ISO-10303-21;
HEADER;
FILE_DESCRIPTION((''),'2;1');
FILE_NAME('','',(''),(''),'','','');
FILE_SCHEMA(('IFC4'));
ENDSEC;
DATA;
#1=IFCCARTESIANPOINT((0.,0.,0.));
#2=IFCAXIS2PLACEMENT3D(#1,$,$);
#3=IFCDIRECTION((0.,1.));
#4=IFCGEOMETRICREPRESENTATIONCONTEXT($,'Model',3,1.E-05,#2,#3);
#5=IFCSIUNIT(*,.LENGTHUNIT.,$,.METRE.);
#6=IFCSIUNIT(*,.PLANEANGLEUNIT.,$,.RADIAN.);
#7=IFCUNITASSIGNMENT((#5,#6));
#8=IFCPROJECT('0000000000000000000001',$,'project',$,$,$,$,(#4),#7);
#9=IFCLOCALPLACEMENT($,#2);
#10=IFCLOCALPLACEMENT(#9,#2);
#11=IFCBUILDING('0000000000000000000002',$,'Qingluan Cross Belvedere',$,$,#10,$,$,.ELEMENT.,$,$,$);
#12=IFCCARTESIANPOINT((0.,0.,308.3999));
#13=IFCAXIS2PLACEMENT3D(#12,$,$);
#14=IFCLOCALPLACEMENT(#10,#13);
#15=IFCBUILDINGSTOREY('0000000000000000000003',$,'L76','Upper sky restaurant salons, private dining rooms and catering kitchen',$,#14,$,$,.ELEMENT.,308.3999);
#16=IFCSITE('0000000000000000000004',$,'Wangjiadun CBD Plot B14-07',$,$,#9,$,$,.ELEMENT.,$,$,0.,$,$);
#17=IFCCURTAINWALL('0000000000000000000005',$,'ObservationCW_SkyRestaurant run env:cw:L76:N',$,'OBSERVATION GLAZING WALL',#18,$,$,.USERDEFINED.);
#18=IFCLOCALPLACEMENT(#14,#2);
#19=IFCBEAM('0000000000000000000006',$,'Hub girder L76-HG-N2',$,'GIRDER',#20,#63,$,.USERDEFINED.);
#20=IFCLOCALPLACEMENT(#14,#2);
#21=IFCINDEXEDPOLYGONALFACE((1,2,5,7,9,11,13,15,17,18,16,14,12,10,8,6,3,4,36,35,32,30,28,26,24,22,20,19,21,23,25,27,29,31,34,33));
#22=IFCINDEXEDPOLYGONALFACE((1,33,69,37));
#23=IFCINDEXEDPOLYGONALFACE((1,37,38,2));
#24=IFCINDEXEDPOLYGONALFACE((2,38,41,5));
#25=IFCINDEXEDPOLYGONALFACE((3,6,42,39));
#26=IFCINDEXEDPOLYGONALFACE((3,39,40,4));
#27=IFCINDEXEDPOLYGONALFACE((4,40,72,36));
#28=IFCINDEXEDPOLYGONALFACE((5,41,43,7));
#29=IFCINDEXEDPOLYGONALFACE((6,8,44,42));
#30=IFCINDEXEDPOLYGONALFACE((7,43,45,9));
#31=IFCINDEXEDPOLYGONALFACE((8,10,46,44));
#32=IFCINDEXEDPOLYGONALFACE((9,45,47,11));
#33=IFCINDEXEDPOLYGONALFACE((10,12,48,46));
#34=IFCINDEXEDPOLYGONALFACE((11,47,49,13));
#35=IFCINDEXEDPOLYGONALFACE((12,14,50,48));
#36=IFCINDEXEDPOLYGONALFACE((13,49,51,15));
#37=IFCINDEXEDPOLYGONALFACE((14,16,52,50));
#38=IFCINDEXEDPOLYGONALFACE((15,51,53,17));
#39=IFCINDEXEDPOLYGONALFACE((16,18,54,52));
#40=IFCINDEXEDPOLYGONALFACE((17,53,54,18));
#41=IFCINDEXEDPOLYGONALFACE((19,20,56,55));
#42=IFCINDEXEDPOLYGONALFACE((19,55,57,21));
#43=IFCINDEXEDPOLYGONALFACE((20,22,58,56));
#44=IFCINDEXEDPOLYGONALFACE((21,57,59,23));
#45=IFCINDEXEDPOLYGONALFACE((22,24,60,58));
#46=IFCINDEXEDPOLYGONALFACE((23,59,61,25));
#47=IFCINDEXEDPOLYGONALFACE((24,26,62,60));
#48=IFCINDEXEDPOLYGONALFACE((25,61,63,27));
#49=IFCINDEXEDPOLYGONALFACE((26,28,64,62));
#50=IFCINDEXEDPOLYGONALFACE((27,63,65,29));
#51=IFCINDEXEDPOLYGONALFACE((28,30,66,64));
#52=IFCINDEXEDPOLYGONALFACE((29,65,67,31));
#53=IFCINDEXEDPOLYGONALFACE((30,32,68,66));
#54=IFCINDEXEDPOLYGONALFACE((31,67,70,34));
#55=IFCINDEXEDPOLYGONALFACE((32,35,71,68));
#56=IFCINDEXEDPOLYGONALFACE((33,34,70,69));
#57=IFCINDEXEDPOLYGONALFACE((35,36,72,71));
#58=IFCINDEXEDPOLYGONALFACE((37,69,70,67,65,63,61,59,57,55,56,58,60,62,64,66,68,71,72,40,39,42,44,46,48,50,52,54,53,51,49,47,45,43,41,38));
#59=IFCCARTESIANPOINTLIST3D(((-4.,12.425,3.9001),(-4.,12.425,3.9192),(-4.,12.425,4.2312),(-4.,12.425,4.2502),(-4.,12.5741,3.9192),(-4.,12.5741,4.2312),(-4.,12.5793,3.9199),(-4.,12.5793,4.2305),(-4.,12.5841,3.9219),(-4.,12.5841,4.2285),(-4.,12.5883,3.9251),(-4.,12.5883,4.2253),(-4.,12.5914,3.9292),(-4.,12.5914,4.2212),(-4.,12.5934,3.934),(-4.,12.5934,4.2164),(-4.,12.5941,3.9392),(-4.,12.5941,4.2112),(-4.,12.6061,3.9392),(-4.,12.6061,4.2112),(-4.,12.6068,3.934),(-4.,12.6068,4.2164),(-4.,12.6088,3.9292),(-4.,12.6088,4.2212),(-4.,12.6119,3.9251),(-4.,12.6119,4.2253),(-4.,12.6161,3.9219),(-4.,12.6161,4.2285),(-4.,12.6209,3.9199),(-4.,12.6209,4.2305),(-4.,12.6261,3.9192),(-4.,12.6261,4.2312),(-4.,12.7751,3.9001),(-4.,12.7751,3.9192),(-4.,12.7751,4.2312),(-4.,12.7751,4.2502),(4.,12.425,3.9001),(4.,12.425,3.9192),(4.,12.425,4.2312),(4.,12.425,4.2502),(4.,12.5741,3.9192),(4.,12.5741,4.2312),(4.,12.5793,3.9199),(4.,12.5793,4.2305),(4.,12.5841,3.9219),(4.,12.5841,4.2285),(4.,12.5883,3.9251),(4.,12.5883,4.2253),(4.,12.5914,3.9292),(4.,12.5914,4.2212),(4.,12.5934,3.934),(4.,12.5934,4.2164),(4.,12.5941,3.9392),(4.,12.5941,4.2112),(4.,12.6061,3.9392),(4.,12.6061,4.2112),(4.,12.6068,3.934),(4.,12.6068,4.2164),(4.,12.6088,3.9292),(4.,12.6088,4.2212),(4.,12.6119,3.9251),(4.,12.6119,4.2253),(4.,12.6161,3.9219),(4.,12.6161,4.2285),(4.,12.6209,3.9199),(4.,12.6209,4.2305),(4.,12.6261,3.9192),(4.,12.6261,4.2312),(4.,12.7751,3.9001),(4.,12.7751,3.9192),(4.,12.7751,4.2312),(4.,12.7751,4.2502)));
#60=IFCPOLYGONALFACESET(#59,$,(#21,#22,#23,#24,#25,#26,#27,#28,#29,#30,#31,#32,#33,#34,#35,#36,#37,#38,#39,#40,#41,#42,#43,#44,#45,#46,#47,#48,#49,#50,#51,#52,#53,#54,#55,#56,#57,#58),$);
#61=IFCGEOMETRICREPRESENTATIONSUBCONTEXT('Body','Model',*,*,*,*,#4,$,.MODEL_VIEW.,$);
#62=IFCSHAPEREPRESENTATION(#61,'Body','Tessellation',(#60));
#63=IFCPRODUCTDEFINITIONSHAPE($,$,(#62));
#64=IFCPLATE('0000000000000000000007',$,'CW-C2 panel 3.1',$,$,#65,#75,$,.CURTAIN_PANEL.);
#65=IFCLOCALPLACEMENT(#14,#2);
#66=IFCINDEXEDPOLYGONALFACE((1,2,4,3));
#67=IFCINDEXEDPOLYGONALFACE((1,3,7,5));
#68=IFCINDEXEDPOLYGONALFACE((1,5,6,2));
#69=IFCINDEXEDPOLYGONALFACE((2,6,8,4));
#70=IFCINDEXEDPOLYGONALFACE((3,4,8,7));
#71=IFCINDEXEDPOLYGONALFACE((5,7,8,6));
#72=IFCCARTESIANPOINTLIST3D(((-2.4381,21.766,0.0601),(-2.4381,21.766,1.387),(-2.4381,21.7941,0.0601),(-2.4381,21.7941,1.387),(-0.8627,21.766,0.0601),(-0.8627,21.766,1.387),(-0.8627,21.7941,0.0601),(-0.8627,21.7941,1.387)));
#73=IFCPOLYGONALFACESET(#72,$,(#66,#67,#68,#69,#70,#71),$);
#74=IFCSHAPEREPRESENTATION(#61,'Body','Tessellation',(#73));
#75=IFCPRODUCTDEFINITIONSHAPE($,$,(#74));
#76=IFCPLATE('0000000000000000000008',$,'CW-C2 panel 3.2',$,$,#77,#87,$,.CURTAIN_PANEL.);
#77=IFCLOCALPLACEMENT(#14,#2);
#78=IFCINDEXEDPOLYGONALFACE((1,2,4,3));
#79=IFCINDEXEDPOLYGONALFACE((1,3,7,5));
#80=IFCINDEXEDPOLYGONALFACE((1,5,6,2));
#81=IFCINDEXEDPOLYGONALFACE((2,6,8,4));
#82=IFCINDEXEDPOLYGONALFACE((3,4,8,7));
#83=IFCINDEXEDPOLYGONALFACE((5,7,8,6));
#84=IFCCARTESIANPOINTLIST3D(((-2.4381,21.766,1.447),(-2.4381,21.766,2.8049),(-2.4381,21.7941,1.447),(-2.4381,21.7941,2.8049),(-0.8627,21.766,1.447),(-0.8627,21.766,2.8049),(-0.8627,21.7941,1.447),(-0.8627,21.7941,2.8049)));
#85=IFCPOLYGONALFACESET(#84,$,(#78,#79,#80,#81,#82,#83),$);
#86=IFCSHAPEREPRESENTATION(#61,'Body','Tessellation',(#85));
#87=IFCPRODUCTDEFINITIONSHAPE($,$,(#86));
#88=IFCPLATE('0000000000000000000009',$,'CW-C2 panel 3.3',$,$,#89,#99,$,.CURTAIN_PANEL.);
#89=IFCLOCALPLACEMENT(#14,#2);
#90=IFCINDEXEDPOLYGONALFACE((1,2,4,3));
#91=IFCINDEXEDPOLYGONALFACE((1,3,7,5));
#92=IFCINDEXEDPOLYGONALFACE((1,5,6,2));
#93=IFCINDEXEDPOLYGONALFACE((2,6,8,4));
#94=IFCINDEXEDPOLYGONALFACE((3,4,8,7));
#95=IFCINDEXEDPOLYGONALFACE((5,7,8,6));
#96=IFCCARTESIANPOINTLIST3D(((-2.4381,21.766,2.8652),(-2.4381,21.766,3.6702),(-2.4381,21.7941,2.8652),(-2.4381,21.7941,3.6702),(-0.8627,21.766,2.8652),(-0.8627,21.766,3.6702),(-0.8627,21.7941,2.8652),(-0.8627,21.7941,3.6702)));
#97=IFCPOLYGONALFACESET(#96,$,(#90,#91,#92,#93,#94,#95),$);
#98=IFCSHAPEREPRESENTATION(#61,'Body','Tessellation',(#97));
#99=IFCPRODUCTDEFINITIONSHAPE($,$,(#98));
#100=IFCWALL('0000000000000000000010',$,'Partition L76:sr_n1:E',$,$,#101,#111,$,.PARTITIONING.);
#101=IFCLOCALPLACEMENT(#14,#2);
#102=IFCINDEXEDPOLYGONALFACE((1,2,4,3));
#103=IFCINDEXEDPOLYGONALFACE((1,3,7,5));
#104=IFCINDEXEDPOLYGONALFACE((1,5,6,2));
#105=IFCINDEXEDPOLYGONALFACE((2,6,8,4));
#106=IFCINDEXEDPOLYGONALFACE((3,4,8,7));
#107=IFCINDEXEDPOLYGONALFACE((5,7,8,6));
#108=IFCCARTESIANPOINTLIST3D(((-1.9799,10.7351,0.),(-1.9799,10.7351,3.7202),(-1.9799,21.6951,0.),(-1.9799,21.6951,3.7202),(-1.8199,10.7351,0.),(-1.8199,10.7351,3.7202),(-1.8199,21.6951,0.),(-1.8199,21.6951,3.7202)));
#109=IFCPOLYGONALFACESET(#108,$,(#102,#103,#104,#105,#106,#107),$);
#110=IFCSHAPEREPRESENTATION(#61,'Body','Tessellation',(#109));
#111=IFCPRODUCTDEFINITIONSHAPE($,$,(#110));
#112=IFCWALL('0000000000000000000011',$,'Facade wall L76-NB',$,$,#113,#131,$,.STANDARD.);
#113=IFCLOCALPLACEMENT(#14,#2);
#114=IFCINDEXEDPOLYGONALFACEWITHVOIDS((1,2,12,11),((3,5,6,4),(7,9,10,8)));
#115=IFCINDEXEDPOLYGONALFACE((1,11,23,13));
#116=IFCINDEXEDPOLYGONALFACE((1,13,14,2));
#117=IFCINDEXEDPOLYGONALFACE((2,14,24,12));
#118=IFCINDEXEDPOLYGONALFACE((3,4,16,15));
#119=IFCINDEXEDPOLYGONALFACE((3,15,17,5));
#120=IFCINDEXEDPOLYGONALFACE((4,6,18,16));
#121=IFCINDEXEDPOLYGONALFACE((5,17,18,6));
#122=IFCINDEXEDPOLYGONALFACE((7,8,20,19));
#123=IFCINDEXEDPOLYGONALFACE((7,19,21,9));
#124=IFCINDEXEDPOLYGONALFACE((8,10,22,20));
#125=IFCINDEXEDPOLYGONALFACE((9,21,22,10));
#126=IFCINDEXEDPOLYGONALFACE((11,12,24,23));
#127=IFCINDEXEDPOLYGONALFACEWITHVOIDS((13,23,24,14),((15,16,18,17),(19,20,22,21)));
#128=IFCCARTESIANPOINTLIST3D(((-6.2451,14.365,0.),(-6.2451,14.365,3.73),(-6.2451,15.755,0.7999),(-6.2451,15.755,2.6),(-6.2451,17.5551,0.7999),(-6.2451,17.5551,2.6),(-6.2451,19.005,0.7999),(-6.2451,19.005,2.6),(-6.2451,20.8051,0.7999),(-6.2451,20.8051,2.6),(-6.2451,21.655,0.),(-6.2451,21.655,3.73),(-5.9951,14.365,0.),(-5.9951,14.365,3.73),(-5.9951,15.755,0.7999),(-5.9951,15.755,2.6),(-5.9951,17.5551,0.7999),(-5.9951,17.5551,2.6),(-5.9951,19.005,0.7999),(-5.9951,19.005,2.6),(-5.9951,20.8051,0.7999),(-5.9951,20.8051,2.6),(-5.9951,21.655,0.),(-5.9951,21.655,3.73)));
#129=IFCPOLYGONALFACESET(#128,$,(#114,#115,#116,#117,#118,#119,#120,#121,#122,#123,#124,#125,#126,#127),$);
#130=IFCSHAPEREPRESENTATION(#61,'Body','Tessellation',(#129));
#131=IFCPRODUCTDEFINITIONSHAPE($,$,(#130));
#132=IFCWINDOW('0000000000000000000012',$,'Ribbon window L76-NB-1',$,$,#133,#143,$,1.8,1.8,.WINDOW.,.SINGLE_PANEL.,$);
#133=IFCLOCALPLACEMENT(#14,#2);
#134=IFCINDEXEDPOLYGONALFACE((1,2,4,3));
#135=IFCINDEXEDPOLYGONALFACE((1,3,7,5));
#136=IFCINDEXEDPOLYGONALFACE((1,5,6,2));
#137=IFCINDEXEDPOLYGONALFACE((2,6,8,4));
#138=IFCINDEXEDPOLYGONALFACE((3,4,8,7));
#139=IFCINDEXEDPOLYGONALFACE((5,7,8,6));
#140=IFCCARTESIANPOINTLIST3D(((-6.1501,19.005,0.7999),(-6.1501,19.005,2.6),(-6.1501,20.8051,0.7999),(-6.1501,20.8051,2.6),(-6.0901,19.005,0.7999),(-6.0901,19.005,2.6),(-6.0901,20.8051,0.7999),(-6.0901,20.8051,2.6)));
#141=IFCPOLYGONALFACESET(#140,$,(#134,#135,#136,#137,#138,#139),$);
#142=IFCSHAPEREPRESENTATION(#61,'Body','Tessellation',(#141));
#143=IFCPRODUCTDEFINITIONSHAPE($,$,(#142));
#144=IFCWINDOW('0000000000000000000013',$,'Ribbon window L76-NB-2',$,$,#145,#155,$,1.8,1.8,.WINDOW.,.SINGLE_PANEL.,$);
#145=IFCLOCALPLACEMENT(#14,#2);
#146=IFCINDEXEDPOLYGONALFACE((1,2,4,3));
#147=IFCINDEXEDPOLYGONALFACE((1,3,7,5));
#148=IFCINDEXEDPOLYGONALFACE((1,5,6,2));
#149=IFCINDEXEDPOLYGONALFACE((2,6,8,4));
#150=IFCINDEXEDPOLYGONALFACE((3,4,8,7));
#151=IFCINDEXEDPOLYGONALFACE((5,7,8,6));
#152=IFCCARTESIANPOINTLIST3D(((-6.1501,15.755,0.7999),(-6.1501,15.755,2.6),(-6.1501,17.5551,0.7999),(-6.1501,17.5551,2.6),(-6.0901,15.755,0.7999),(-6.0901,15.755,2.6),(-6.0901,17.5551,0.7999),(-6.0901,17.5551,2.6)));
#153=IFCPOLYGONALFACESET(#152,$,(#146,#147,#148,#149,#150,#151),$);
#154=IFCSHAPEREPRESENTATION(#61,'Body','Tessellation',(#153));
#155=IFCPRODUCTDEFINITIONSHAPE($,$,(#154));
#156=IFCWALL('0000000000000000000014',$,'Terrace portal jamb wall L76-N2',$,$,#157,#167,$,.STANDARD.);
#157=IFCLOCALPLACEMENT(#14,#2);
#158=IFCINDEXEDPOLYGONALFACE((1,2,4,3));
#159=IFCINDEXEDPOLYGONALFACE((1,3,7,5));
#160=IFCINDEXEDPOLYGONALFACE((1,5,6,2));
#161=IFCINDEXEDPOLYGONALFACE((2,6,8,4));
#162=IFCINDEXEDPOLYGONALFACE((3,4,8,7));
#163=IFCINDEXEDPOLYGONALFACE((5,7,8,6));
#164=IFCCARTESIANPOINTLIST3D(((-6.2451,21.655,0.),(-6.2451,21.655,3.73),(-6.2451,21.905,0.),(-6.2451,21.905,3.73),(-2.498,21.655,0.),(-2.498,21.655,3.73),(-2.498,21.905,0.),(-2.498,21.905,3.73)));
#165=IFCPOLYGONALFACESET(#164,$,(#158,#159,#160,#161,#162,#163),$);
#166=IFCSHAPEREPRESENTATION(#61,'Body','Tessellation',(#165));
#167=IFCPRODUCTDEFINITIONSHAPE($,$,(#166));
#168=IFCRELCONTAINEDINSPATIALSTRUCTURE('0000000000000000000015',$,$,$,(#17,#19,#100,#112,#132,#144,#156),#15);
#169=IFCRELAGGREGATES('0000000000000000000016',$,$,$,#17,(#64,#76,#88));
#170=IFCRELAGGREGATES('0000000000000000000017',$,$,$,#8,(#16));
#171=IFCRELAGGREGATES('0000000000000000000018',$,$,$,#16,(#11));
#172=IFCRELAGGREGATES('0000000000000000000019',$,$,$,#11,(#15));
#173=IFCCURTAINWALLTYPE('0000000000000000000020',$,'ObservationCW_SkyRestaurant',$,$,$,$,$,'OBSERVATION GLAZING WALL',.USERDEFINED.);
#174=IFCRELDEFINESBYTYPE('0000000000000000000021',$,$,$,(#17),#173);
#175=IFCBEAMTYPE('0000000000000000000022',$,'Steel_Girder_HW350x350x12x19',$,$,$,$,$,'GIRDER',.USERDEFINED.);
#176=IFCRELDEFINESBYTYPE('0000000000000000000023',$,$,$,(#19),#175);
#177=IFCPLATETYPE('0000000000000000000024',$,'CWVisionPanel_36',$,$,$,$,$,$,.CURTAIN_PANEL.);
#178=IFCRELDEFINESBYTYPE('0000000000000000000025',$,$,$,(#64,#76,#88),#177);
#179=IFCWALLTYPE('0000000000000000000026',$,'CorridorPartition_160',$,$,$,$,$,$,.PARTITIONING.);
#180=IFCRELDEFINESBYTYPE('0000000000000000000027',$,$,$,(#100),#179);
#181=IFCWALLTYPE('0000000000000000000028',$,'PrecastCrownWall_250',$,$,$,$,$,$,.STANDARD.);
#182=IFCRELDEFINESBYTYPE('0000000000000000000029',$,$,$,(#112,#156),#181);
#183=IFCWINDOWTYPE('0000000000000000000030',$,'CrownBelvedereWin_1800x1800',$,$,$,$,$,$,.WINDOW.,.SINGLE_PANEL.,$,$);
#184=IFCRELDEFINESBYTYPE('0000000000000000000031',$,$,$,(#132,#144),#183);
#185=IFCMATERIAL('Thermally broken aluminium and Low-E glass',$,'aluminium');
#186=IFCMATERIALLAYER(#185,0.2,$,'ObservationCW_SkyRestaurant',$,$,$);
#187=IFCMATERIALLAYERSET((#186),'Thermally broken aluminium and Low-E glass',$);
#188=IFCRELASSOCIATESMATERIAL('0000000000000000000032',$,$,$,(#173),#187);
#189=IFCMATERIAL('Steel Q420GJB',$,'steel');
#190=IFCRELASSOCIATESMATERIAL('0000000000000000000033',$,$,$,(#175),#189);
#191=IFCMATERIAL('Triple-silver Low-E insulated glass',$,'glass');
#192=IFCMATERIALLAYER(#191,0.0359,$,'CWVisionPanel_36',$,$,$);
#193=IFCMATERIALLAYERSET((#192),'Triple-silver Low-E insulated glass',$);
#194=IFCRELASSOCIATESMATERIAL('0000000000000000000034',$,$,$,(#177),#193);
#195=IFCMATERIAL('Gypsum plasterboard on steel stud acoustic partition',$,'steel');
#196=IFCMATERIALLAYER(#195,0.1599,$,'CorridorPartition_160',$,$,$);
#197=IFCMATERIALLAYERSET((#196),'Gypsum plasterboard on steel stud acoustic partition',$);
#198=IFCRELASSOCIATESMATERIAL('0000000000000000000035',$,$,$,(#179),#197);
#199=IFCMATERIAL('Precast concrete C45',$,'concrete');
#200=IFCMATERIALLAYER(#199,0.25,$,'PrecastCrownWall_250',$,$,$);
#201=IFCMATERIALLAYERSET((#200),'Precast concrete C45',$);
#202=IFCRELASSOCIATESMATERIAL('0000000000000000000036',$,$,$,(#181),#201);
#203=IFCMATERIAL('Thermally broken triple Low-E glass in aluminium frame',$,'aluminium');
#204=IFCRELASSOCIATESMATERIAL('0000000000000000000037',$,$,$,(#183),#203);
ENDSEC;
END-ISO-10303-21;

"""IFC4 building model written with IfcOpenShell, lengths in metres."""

from ifc_helpers import new_model, si_unit, direction, frame, frame_2d, origin, origin_2d, place, context, subcontext, project, spatial, rectangle, i_section, extrude, material, layer, layer_set, material_profile, profile_set, type_object, element, fill, aggregate, save


model = new_model("IFC4")

# Units and contexts
model_context = context("Model", 3, precision=1e-05, world=origin(), true_north=direction((0.0, 1.0)))
body_context = subcontext(model_context, "Body", "Model", "MODEL_VIEW")
ifc_project = project(units=[si_unit("LENGTHUNIT", "METRE"), si_unit("PLANEANGLEUNIT", "RADIAN")], contexts=[model_context])

# Site, building, storey
site_placement = place(None, origin())
site = spatial("IfcSite", under=ifc_project, at=site_placement, Name="Wangjiadun CBD Plot B14-07", CompositionType="ELEMENT", RefElevation=0.0)
building_placement = place(site_placement, origin())
building = spatial("IfcBuilding", under=site, at=building_placement, Name="Qingluan Cross Belvedere", CompositionType="ELEMENT")
storey_placement = place(building_placement, frame((0.0, 0.0, 308.3999)))
storey = spatial("IfcBuildingStorey", under=building, at=storey_placement, Name="L76", Description="Upper sky restaurant salons, private dining rooms and catering kitchen", CompositionType="ELEMENT", Elevation=308.3999)

# Curtain wall
ifc_material_1 = material(Name="Thermally broken aluminium and Low-E glass", Category="aluminium")
ifc_layer_1 = layer(ifc_material_1, 0.2, Name="ObservationCW_SkyRestaurant")
ifc_layer_set_1 = layer_set([ifc_layer_1], Name="Thermally broken aluminium and Low-E glass")
curtain_wall_type = type_object("IfcCurtainWallType", Name="ObservationCW_SkyRestaurant", ElementType="OBSERVATION GLAZING WALL", PredefinedType="USERDEFINED", material=ifc_layer_set_1)
curtain_wall_placement = place(storey_placement, origin())
curtain_wall = element("IfcCurtainWall", 1, at=curtain_wall_placement, inside=storey, type_object=curtain_wall_type, Name="ObservationCW_SkyRestaurant run env:cw:L76:N", ObjectType="OBSERVATION GLAZING WALL", PredefinedType="USERDEFINED")

# Beam
ifc_material_2 = material(Name="Steel Q420GJB", Category="steel")
ifc_material_profile_1 = material_profile(ifc_material_2, i_section(OverallWidth=0.3501, OverallDepth=0.3501, WebThickness=0.012, FlangeThickness=0.019, FilletRadius=0.02, at=origin_2d()), Name="HW350x350x12x19")
ifc_profile_set_1 = profile_set([ifc_material_profile_1], Name="Steel Q420GJB")
beam_type = type_object("IfcBeamType", Name="Steel_Girder_HW350x350x12x19", ElementType="GIRDER", PredefinedType="USERDEFINED", material=ifc_profile_set_1)
beam_placement = place(storey_placement, frame((-4.0, 12.6001, 4.0752), z_axis=(1.0, 0.0, 0.0), x_axis=(0.0, 1.0, 0.0)))
element("IfcBeam", 2, at=beam_placement, inside=storey, type_object=beam_type, Name="Hub girder L76-HG-N2", ObjectType="GIRDER", PredefinedType="USERDEFINED", context=body_context, shape_type="SweptSolid", body=[
    extrude(i_section(OverallWidth=0.3501, OverallDepth=0.3501, WebThickness=0.012, FlangeThickness=0.019, FilletRadius=0.02, at=origin_2d()), origin(), (0.0, 0.0, 1.0), 8.0),
])

# Plates
ifc_material_3 = material(Name="Triple-silver Low-E insulated glass", Category="glass")
ifc_layer_2 = layer(ifc_material_3, 0.0359, Name="CWVisionPanel_36")
ifc_layer_set_2 = layer_set([ifc_layer_2], Name="Triple-silver Low-E insulated glass")
plate_type = type_object("IfcPlateType", Name="CWVisionPanel_36", PredefinedType="CURTAIN_PANEL", material=ifc_layer_set_2)
plate_1_placement = place(storey_placement, frame((-1.6504, 21.78, 0.0601), z_axis=(0.0, 0.0, 1.0), x_axis=(-1.0, 0.0, 0.0)))
plate_1 = element("IfcPlate", 3, at=plate_1_placement, type_object=plate_type, Name="CW-C2 panel 3.1", PredefinedType="CURTAIN_PANEL", context=body_context, shape_type="SweptSolid", body=[
    extrude(rectangle(XDim=1.5754, YDim=0.0281, at=origin_2d()), origin(), (0.0, 0.0, 1.0), 1.3269),
])
plate_2_placement = place(storey_placement, frame((-1.6504, 21.78, 1.447), z_axis=(0.0, 0.0, 1.0), x_axis=(-1.0, 0.0, 0.0)))
plate_2 = element("IfcPlate", 4, at=plate_2_placement, type_object=plate_type, Name="CW-C2 panel 3.2", PredefinedType="CURTAIN_PANEL", context=body_context, shape_type="SweptSolid", body=[
    extrude(rectangle(XDim=1.5754, YDim=0.0281, at=origin_2d()), origin(), (0.0, 0.0, 1.0), 1.3579),
])
plate_3_placement = place(storey_placement, frame((-1.6504, 21.78, 2.8652), z_axis=(0.0, 0.0, 1.0), x_axis=(-1.0, 0.0, 0.0)))
plate_3 = element("IfcPlate", 5, at=plate_3_placement, type_object=plate_type, Name="CW-C2 panel 3.3", PredefinedType="CURTAIN_PANEL", context=body_context, shape_type="SweptSolid", body=[
    extrude(rectangle(XDim=1.5754, YDim=0.0281, at=origin_2d()), origin(), (0.0, 0.0, 1.0), 0.8049),
])
aggregate(curtain_wall, [plate_1, plate_2, plate_3])

# Shared definitions
ifc_material_4 = material(Name="Gypsum plasterboard on steel stud acoustic partition", Category="steel")
ifc_layer_3 = layer(ifc_material_4, 0.1599, Name="CorridorPartition_160")
ifc_layer_set_3 = layer_set([ifc_layer_3], Name="Gypsum plasterboard on steel stud acoustic partition")
wall_type_1 = type_object("IfcWallType", Name="CorridorPartition_160", PredefinedType="PARTITIONING", material=ifc_layer_set_3)

# Wall
wall_1_placement = place(storey_placement, frame((-1.8999, 10.7351, 0.0), z_axis=(0.0, 0.0, 1.0), x_axis=(0.0, 1.0, 0.0)))
element("IfcWall", 6, at=wall_1_placement, inside=storey, type_object=wall_type_1, Name="Partition L76:sr_n1:E", PredefinedType="PARTITIONING", context=body_context, shape_type="SweptSolid", body=[
    extrude(rectangle(XDim=10.96, YDim=0.1599, at=frame_2d((5.48, 0.0))), origin(), (0.0, 0.0, 1.0), 3.7202),
])

# Wall, openings, windows
ifc_material_5 = material(Name="Precast concrete C45", Category="concrete")
ifc_layer_4 = layer(ifc_material_5, 0.25, Name="PrecastCrownWall_250")
ifc_layer_set_4 = layer_set([ifc_layer_4], Name="Precast concrete C45")
wall_type_2 = type_object("IfcWallType", Name="PrecastCrownWall_250", PredefinedType="STANDARD", material=ifc_layer_set_4)
wall_2_placement = place(storey_placement, frame((-6.1201, 21.655, 0.0), z_axis=(0.0, 0.0, 1.0), x_axis=(0.0, -1.0, 0.0)))
wall_2 = element("IfcWall", 7, at=wall_2_placement, inside=storey, type_object=wall_type_2, Name="Facade wall L76-NB", PredefinedType="STANDARD", context=body_context, shape_type="SweptSolid", body=[
    extrude(rectangle(XDim=7.29, YDim=0.25, at=frame_2d((3.645, 0.0))), origin(), (0.0, 0.0, 1.0), 3.73),
])
opening_1_placement = place(wall_2_placement, frame((0.8501, 0.0, 0.8)))
opening_1 = element("IfcOpeningElement", 8, at=opening_1_placement, cuts=wall_2, PredefinedType="OPENING", context=body_context, shape_type="SweptSolid", body=[
    extrude(rectangle(XDim=1.8, YDim=1.8, at=frame_2d((0.8999, 0.8999))), frame((0.0, 0.135, 0.0), z_axis=(0.0, -1.0, 0.0), x_axis=(1.0, 0.0, 0.0)), (0.0, 0.0, 1.0), 0.27),
])
opening_2_placement = place(wall_2_placement, frame((4.1001, 0.0, 0.8)))
opening_2 = element("IfcOpeningElement", 9, at=opening_2_placement, cuts=wall_2, PredefinedType="OPENING", context=body_context, shape_type="SweptSolid", body=[
    extrude(rectangle(XDim=1.8, YDim=1.8, at=frame_2d((0.8999, 0.8999))), frame((0.0, 0.135, 0.0), z_axis=(0.0, -1.0, 0.0), x_axis=(1.0, 0.0, 0.0)), (0.0, 0.0, 1.0), 0.27),
])
ifc_material_6 = material(Name="Thermally broken triple Low-E glass in aluminium frame", Category="aluminium")
window_type = type_object("IfcWindowType", Name="CrownBelvedereWin_1800x1800", PartitioningType="SINGLE_PANEL", PredefinedType="WINDOW", material=ifc_material_6)
window_1_placement = place(opening_1_placement, origin())
window_1 = element("IfcWindow", 10, at=window_1_placement, inside=storey, type_object=window_type, Name="Ribbon window L76-NB-1", OverallHeight=1.8, OverallWidth=1.8, PartitioningType="SINGLE_PANEL", PredefinedType="WINDOW", context=body_context, shape_type="SweptSolid", body=[
    extrude(rectangle(XDim=1.8, YDim=1.8, at=frame_2d((0.8999, 0.8999))), frame((0.0, 0.03, 0.0), z_axis=(0.0, -1.0, 0.0), x_axis=(1.0, 0.0, 0.0)), (0.0, 0.0, 1.0), 0.0601),
])
fill(opening_1, window_1)
window_2_placement = place(opening_2_placement, origin())
window_2 = element("IfcWindow", 11, at=window_2_placement, inside=storey, type_object=window_type, Name="Ribbon window L76-NB-2", OverallHeight=1.8, OverallWidth=1.8, PartitioningType="SINGLE_PANEL", PredefinedType="WINDOW", context=body_context, shape_type="SweptSolid", body=[
    extrude(rectangle(XDim=1.8, YDim=1.8, at=frame_2d((0.8999, 0.8999))), frame((0.0, 0.03, 0.0), z_axis=(0.0, -1.0, 0.0), x_axis=(1.0, 0.0, 0.0)), (0.0, 0.0, 1.0), 0.0601),
])
fill(opening_2, window_2)

# Wall
wall_3_placement = place(storey_placement, frame((-2.498, 21.78, 0.0), z_axis=(0.0, 0.0, 1.0), x_axis=(-1.0, 0.0, 0.0)))
element("IfcWall", 12, at=wall_3_placement, inside=storey, type_object=wall_type_2, Name="Terrace portal jamb wall L76-N2", PredefinedType="STANDARD", context=body_context, shape_type="SweptSolid", body=[
    extrude(rectangle(XDim=3.7471, YDim=0.25, at=frame_2d((1.8735, 0.0))), origin(), (0.0, 0.0, 1.0), 3.73),
])

save(model, "model.ifc")
